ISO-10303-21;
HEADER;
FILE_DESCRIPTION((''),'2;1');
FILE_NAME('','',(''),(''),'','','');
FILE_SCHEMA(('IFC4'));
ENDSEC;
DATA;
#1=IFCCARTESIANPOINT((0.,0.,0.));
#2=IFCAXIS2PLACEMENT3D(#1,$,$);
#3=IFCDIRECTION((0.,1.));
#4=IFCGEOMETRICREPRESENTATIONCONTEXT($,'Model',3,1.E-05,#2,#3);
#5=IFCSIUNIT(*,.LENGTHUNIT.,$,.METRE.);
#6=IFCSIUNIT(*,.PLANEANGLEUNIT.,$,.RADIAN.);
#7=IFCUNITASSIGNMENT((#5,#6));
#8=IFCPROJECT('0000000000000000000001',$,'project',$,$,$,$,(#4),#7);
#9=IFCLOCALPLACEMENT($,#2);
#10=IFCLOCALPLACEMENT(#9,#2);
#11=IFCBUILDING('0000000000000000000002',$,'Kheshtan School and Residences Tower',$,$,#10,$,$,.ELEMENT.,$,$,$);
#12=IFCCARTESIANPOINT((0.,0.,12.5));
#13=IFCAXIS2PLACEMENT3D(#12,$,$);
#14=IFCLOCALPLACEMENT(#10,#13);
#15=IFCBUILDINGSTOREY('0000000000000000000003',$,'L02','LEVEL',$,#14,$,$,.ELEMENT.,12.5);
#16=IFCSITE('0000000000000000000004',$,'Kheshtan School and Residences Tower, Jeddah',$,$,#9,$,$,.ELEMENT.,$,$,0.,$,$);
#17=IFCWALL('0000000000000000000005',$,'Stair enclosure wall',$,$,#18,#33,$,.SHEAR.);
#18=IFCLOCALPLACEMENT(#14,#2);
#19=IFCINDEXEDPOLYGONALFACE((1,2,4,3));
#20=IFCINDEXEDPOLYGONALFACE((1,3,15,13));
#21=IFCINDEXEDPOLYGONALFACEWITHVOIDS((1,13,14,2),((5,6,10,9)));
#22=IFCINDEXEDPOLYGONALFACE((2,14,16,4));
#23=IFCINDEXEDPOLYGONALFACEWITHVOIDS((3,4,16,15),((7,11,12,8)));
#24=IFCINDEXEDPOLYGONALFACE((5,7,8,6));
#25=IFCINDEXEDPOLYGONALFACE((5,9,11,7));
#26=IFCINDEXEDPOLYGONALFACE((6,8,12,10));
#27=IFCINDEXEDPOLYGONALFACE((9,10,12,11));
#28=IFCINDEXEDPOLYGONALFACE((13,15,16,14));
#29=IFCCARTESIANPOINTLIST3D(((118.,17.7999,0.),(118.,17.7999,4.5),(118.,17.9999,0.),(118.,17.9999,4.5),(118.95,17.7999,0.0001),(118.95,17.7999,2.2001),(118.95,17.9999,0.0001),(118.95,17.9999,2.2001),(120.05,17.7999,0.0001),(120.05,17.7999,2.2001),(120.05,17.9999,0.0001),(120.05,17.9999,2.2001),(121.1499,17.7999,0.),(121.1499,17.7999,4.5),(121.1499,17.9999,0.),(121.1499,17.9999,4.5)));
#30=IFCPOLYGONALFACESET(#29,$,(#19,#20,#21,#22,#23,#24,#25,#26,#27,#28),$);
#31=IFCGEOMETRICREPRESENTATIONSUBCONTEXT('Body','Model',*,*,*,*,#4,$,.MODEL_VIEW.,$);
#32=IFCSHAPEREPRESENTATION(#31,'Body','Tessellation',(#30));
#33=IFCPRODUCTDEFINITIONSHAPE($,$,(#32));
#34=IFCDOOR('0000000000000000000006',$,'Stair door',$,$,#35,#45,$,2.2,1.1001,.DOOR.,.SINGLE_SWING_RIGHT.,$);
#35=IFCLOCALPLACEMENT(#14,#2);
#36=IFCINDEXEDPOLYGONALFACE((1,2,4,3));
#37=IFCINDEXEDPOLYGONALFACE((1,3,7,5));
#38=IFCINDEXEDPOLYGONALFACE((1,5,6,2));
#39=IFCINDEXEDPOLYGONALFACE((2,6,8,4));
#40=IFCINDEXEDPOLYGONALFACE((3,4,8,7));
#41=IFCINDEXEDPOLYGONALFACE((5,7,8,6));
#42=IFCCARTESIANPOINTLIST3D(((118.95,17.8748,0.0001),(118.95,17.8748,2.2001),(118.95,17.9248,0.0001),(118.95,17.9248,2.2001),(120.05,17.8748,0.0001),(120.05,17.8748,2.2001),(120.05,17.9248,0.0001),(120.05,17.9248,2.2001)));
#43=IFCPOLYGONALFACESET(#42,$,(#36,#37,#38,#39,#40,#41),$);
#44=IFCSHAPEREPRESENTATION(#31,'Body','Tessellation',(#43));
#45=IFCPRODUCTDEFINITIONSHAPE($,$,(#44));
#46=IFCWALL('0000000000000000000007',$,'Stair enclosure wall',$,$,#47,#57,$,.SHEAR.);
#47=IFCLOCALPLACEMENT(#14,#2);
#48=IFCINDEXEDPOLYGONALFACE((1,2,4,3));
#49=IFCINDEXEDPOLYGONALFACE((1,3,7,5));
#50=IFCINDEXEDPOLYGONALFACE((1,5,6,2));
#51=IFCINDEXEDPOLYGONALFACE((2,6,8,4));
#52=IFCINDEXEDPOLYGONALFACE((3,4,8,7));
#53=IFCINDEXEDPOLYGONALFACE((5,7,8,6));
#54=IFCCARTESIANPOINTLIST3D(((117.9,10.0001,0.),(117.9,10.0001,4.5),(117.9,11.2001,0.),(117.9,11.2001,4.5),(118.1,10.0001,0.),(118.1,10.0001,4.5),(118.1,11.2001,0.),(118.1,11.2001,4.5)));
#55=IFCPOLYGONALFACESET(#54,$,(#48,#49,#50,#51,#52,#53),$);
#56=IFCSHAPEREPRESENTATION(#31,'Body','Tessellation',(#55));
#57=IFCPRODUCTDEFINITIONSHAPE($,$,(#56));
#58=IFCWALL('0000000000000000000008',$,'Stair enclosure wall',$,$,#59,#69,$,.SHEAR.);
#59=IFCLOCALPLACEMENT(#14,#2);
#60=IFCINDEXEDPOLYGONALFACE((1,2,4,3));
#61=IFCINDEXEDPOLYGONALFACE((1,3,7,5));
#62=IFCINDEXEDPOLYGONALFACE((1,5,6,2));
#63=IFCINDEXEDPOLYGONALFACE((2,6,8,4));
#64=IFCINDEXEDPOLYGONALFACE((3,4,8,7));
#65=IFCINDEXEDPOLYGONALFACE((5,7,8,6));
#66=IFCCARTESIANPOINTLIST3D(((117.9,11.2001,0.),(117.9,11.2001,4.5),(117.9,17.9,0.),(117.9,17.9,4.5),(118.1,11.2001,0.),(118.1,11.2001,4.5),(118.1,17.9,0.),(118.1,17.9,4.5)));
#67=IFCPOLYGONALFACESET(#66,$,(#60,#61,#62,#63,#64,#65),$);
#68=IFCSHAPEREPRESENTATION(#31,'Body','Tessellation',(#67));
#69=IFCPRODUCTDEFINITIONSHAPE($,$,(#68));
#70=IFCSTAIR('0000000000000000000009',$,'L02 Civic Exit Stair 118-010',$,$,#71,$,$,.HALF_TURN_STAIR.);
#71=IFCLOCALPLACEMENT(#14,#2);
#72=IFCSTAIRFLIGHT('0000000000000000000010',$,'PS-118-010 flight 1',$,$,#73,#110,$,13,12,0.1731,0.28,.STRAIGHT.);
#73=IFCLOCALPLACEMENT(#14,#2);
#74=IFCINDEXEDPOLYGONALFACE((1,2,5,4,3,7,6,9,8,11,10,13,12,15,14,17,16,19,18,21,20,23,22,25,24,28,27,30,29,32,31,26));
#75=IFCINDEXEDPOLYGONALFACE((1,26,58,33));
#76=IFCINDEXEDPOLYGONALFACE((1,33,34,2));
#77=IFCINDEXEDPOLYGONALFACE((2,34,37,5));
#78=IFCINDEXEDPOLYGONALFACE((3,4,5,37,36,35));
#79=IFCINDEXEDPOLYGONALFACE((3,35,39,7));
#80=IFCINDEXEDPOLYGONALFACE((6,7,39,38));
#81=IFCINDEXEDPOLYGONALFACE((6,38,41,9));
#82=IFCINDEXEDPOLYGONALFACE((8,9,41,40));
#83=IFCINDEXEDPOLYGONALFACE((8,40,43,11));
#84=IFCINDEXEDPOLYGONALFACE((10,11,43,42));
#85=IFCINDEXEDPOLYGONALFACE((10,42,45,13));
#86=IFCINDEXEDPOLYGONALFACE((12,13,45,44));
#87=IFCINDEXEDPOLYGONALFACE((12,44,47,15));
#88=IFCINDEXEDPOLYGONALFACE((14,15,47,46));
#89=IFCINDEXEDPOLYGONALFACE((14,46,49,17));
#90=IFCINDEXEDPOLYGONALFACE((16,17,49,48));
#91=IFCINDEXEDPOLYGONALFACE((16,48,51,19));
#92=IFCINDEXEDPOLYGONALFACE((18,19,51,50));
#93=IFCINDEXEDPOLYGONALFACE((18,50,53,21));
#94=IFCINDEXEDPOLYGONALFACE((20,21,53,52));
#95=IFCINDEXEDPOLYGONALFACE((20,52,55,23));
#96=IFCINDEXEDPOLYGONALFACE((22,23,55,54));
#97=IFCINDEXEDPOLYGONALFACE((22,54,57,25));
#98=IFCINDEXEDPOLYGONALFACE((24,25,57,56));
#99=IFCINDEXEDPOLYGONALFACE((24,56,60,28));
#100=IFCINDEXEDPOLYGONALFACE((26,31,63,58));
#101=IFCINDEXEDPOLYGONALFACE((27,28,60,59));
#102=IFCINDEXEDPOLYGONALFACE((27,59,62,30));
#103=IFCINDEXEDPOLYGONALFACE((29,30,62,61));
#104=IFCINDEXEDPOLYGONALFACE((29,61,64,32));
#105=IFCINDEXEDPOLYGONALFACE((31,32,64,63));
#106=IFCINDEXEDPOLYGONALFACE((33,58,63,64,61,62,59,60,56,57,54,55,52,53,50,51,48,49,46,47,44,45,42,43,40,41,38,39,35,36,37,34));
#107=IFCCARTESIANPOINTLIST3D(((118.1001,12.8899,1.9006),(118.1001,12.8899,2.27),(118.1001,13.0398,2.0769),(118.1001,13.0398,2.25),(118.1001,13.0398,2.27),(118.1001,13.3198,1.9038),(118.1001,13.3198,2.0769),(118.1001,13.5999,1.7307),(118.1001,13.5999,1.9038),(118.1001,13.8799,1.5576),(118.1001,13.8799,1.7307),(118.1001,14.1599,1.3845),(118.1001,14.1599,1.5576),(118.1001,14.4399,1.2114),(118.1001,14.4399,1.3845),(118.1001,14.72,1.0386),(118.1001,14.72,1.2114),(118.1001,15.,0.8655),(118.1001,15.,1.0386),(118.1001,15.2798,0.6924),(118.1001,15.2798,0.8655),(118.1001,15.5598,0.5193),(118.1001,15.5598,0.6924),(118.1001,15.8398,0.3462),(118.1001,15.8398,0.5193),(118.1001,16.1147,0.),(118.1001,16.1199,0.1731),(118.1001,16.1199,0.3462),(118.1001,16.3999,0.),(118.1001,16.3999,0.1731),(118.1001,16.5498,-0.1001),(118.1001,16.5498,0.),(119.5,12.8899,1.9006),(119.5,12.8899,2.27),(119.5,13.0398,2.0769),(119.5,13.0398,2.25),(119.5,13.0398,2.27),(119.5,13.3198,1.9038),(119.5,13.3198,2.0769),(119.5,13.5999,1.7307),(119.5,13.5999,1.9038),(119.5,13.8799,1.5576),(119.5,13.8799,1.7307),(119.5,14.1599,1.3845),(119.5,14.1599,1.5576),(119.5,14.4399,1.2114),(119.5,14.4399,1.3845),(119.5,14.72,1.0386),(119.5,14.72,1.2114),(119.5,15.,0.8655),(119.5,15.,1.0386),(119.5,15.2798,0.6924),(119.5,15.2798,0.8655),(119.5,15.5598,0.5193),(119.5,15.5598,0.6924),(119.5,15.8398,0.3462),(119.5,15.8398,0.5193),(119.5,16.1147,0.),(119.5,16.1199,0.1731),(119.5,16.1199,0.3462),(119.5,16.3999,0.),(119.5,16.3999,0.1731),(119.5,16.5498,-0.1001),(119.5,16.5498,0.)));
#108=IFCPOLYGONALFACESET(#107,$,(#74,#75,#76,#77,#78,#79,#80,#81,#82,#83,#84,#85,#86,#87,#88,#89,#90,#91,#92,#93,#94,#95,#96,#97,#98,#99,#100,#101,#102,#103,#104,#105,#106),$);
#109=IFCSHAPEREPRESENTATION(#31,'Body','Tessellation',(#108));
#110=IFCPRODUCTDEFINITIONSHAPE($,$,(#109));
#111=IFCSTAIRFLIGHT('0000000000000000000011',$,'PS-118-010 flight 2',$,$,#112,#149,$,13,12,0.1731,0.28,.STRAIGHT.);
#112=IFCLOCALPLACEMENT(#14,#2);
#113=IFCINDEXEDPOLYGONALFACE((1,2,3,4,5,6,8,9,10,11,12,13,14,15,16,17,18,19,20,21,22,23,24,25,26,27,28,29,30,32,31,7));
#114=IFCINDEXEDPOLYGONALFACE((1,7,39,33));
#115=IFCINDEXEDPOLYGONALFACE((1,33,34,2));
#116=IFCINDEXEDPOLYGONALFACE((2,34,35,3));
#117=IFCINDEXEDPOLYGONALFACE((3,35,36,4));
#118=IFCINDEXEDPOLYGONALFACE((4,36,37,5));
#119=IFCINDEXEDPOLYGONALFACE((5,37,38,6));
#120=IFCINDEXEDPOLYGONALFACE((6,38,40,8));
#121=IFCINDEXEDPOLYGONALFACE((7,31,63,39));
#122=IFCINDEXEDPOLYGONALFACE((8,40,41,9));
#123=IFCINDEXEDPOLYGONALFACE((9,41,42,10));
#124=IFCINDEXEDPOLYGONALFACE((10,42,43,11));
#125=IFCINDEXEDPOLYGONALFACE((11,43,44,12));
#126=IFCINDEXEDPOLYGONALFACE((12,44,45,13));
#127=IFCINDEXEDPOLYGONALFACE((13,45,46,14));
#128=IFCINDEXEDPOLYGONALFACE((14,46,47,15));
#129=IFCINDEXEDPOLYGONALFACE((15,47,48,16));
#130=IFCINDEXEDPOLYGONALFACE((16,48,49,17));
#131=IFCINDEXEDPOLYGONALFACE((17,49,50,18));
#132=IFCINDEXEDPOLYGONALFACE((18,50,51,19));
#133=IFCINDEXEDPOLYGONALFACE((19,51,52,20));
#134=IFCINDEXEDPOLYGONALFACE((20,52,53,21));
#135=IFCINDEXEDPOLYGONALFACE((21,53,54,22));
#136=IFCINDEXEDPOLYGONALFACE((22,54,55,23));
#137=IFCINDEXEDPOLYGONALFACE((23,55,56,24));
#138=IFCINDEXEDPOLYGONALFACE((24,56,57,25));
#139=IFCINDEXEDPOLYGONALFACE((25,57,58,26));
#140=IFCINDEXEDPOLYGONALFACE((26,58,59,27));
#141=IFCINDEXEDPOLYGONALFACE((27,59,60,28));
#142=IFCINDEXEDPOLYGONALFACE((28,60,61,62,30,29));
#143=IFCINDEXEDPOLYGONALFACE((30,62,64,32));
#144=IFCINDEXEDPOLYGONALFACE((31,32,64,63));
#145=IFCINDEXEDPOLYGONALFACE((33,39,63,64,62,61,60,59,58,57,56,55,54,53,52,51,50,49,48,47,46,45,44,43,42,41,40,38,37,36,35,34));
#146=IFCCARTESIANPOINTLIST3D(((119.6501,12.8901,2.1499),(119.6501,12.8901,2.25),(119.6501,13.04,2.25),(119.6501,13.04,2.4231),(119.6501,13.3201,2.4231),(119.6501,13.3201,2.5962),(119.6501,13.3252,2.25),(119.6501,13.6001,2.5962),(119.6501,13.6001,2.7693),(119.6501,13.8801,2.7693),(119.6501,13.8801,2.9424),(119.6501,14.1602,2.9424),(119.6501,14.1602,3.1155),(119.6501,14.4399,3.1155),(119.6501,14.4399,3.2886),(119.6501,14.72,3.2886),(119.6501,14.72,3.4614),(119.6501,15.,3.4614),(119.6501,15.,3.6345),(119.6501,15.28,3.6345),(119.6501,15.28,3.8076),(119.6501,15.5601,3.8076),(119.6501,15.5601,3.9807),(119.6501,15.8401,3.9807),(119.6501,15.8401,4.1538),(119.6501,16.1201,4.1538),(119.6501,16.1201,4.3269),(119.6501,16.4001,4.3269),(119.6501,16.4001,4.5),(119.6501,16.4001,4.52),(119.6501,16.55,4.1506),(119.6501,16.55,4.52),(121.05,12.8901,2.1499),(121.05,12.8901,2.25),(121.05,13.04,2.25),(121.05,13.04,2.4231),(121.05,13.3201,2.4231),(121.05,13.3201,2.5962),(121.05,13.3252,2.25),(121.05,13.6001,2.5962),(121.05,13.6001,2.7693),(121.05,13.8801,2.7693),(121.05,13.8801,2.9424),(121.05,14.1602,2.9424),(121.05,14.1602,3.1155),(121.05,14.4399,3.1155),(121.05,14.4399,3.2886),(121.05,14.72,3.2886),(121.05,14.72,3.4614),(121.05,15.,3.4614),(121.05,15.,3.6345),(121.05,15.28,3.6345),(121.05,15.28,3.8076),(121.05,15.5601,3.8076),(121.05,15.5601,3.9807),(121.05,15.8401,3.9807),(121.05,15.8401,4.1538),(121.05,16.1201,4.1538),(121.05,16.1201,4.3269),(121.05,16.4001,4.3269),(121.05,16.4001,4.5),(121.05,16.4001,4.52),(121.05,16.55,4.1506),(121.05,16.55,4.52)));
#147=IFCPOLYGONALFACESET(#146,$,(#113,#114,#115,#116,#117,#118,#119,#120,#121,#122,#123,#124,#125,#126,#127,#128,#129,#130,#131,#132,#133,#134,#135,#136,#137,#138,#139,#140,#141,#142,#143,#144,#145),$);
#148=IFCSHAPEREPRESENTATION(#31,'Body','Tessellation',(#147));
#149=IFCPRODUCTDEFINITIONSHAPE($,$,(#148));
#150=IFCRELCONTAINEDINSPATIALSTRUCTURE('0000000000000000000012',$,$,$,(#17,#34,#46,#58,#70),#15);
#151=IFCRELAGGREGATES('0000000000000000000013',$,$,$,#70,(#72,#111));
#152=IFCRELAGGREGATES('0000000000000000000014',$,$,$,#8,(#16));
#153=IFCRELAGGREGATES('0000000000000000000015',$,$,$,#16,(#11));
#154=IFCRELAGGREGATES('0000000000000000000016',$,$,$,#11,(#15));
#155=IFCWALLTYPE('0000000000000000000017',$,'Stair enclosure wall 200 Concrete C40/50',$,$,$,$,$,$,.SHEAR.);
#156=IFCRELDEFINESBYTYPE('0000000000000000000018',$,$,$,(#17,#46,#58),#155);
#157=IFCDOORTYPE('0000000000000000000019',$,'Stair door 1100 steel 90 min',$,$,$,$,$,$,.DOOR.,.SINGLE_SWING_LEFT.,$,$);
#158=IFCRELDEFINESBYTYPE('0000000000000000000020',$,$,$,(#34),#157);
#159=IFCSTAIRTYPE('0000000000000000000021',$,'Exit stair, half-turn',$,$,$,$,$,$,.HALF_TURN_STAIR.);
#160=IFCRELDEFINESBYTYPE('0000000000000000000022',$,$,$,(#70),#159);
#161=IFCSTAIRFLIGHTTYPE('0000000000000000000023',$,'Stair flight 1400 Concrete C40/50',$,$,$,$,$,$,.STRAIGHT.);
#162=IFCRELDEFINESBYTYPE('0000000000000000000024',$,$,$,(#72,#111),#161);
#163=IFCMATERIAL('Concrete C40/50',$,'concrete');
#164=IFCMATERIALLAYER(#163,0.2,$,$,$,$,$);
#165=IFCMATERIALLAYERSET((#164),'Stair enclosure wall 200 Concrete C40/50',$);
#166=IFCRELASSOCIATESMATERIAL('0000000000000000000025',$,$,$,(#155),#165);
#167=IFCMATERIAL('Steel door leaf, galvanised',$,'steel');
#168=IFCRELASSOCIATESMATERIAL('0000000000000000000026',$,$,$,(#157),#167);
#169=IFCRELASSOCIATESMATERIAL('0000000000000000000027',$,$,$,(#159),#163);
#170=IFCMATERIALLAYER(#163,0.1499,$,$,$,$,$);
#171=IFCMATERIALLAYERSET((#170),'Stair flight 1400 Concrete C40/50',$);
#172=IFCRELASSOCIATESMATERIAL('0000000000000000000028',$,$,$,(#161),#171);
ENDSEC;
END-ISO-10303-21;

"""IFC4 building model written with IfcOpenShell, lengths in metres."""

from ifc_helpers import new_model, si_unit, direction, frame, frame_2d, origin, place, context, subcontext, project, spatial, polyline, rectangle, outline, extrude, source, transform, mapped, material, layer, layer_set, type_object, element, fill, aggregate, save


model = new_model("IFC4")

# Units and contexts
model_context = context("Model", 3, precision=1e-05, world=origin(), true_north=direction((0.0, 1.0)))
body_context = subcontext(model_context, "Body", "Model", "MODEL_VIEW")
ifc_project = project(units=[si_unit("LENGTHUNIT", "METRE"), si_unit("PLANEANGLEUNIT", "RADIAN")], contexts=[model_context])

# Site, building, storey
site_placement = place(None, origin())
site = spatial("IfcSite", under=ifc_project, at=site_placement, Name="Kheshtan School and Residences Tower, Jeddah", CompositionType="ELEMENT", RefElevation=0.0)
building_placement = place(site_placement, origin())
building = spatial("IfcBuilding", under=site, at=building_placement, Name="Kheshtan School and Residences Tower", CompositionType="ELEMENT")
storey_placement = place(building_placement, frame((0.0, 0.0, 12.5)))
storey = spatial("IfcBuildingStorey", under=building, at=storey_placement, Name="L02", Description="LEVEL", CompositionType="ELEMENT", Elevation=12.5)

# Wall, opening, door
ifc_material_1 = material(Name="Concrete C40/50", Category="concrete")
ifc_layer_1 = layer(ifc_material_1, 0.2)
ifc_layer_set_1 = layer_set([ifc_layer_1], Name="Stair enclosure wall 200 Concrete C40/50")
wall_type_1 = type_object("IfcWallType", Name="Stair enclosure wall 200 Concrete C40/50", PredefinedType="SHEAR", material=ifc_layer_set_1)
wall_1_placement = place(storey_placement, frame((118.0, 17.8999, 0.0), z_axis=(0.0, 0.0, 1.0), x_axis=(1.0, 0.0, 0.0)))
wall_1 = element("IfcWall", 1, at=wall_1_placement, inside=storey, type_object=wall_type_1, Name="Stair enclosure wall", PredefinedType="SHEAR", context=body_context, shape_type="SweptSolid", body=[
    extrude(rectangle(XDim=3.1499, YDim=0.2, at=frame_2d((1.575, 0.0))), origin(), (0.0, 0.0, 1.0), 4.5),
])
opening_placement = place(wall_1_placement, frame((0.95, 0.0, 0.0)))
opening = element("IfcOpeningElement", 2, at=opening_placement, cuts=wall_1, PredefinedType="OPENING", context=body_context, shape_type="SweptSolid", body=[
    extrude(rectangle(XDim=1.1001, YDim=2.2, at=frame_2d((0.55, 1.1001))), frame((0.0, 0.1099, 0.0), z_axis=(0.0, -1.0, 0.0), x_axis=(1.0, 0.0, 0.0)), (0.0, 0.0, 1.0), 0.22),
])
ifc_material_2 = material(Name="Steel door leaf, galvanised", Category="steel")
door_type = type_object("IfcDoorType", Name="Stair door 1100 steel 90 min", OperationType="SINGLE_SWING_LEFT", PredefinedType="DOOR", material=ifc_material_2)
shared_shape = source(origin(), body_context, "Body", "SweptSolid", [
    extrude(rectangle(XDim=1.1001, YDim=2.2, at=frame_2d((0.55, 1.1001))), frame((0.0, 0.0249, 0.0), z_axis=(0.0, -1.0, 0.0), x_axis=(1.0, 0.0, 0.0)), (0.0, 0.0, 1.0), 0.05),
])
door_placement = place(opening_placement, origin())
door = element("IfcDoor", 3, at=door_placement, inside=storey, type_object=door_type, Name="Stair door", OperationType="SINGLE_SWING_RIGHT", OverallHeight=2.2, OverallWidth=1.1001, PredefinedType="DOOR", context=body_context, shape_type="MappedRepresentation", body=[
    mapped(shared_shape, transform((0.0, 0.0, 0.0), x_axis=(1.0, 0.0, 0.0), y_axis=(0.0, 1.0, 0.0), z_axis=(0.0, 0.0, 1.0), scale=1.0)),
])
fill(opening, door)

# Walls
wall_2_placement = place(storey_placement, frame((118.0, 10.0, 0.0), z_axis=(0.0, 0.0, 1.0), x_axis=(0.0, 1.0, 0.0)))
element("IfcWall", 4, at=wall_2_placement, inside=storey, type_object=wall_type_1, Name="Stair enclosure wall", PredefinedType="SHEAR", context=body_context, shape_type="SweptSolid", body=[
    extrude(rectangle(XDim=1.2, YDim=0.2, at=frame_2d((0.6001, 0.0))), origin(), (0.0, 0.0, 1.0), 4.5),
])
wall_3_placement = place(storey_placement, frame((118.0, 11.2, 0.0), z_axis=(0.0, 0.0, 1.0), x_axis=(0.0, 1.0, 0.0)))
element("IfcWall", 5, at=wall_3_placement, inside=storey, type_object=wall_type_1, Name="Stair enclosure wall", PredefinedType="SHEAR", context=body_context, shape_type="SweptSolid", body=[
    extrude(rectangle(XDim=6.7, YDim=0.2, at=frame_2d((3.3501, 0.0))), origin(), (0.0, 0.0, 1.0), 4.5),
])

# Stair, stair flights
stair_type = type_object("IfcStairType", Name="Exit stair, half-turn", PredefinedType="HALF_TURN_STAIR", material=ifc_material_1)
stair_placement = place(storey_placement, origin())
stair = element("IfcStair", 6, at=stair_placement, inside=storey, type_object=stair_type, Name="L02 Civic Exit Stair 118-010", PredefinedType="HALF_TURN_STAIR")
ifc_layer_2 = layer(ifc_material_1, 0.1499)
ifc_layer_set_2 = layer_set([ifc_layer_2], Name="Stair flight 1400 Concrete C40/50")
stair_flight_type = type_object("IfcStairFlightType", Name="Stair flight 1400 Concrete C40/50", PredefinedType="STRAIGHT", material=ifc_layer_set_2)
stair_flight_1_placement = place(storey_placement, frame((118.8, 16.3999, 0.0), z_axis=(0.0, 0.0, 1.0), x_axis=(0.0, -1.0, 0.0)))
stair_flight_1 = element("IfcStairFlight", 7, at=stair_flight_1_placement, type_object=stair_flight_type, Name="PS-118-010 flight 1", NumberOfRisers=13, NumberOfTreads=12, PredefinedType="STRAIGHT", RiserHeight=0.1731, TreadLength=0.28, context=body_context, shape_type="SweptSolid", body=[
    extrude(outline(polyline([(-0.1499, -0.1001), (-0.1499, 0.0), (0.0, 0.0), (0.0, 0.1731), (0.28, 0.1731), (0.28, 0.3462), (0.5601, 0.3462), (0.5601, 0.5193), (0.8401, 0.5193), (0.8401, 0.6924), (1.1201, 0.6924), (1.1201, 0.8655), (1.3999, 0.8655), (1.3999, 1.0386), (1.6799, 1.0386), (1.6799, 1.2114), (1.96, 1.2114), (1.96, 1.3845), (2.24, 1.3845), (2.24, 1.5576), (2.52, 1.5576), (2.52, 1.7307), (2.8, 1.7307), (2.8, 1.9038), (3.0801, 1.9038), (3.0801, 2.0769), (3.3601, 2.0769), (3.3601, 2.25), (3.3601, 2.27), (3.51, 2.27), (3.51, 1.9006), (0.2852, 0.0), (-0.1499, -0.1001)])), frame((0.0, 0.7, 0.0), z_axis=(0.0, -1.0, 0.0), x_axis=(1.0, 0.0, 0.0)), (0.0, 0.0, 1.0), 1.3999),
])
stair_flight_2_placement = place(storey_placement, frame((120.3501, 13.04, 2.25), z_axis=(0.0, 0.0, 1.0), x_axis=(0.0, 1.0, 0.0)))
stair_flight_2 = element("IfcStairFlight", 8, at=stair_flight_2_placement, type_object=stair_flight_type, Name="PS-118-010 flight 2", NumberOfRisers=13, NumberOfTreads=12, PredefinedType="STRAIGHT", RiserHeight=0.1731, TreadLength=0.28, context=body_context, shape_type="SweptSolid", body=[
    extrude(outline(polyline([(-0.1499, -0.1001), (-0.1499, 0.0), (0.0, 0.0), (0.0, 0.1731), (0.28, 0.1731), (0.28, 0.3462), (0.5601, 0.3462), (0.5601, 0.5193), (0.8401, 0.5193), (0.8401, 0.6924), (1.1201, 0.6924), (1.1201, 0.8655), (1.3999, 0.8655), (1.3999, 1.0386), (1.6799, 1.0386), (1.6799, 1.2114), (1.96, 1.2114), (1.96, 1.3845), (2.24, 1.3845), (2.24, 1.5576), (2.52, 1.5576), (2.52, 1.7307), (2.8, 1.7307), (2.8, 1.9038), (3.0801, 1.9038), (3.0801, 2.0769), (3.3601, 2.0769), (3.3601, 2.25), (3.3601, 2.27), (3.51, 2.27), (3.51, 1.9006), (0.2852, 0.0), (-0.1499, -0.1001)])), frame((0.0, 0.7, 0.0), z_axis=(0.0, -1.0, 0.0), x_axis=(1.0, 0.0, 0.0)), (0.0, 0.0, 1.0), 1.3999),
])
aggregate(stair, [stair_flight_1, stair_flight_2])

save(model, "model.ifc")
